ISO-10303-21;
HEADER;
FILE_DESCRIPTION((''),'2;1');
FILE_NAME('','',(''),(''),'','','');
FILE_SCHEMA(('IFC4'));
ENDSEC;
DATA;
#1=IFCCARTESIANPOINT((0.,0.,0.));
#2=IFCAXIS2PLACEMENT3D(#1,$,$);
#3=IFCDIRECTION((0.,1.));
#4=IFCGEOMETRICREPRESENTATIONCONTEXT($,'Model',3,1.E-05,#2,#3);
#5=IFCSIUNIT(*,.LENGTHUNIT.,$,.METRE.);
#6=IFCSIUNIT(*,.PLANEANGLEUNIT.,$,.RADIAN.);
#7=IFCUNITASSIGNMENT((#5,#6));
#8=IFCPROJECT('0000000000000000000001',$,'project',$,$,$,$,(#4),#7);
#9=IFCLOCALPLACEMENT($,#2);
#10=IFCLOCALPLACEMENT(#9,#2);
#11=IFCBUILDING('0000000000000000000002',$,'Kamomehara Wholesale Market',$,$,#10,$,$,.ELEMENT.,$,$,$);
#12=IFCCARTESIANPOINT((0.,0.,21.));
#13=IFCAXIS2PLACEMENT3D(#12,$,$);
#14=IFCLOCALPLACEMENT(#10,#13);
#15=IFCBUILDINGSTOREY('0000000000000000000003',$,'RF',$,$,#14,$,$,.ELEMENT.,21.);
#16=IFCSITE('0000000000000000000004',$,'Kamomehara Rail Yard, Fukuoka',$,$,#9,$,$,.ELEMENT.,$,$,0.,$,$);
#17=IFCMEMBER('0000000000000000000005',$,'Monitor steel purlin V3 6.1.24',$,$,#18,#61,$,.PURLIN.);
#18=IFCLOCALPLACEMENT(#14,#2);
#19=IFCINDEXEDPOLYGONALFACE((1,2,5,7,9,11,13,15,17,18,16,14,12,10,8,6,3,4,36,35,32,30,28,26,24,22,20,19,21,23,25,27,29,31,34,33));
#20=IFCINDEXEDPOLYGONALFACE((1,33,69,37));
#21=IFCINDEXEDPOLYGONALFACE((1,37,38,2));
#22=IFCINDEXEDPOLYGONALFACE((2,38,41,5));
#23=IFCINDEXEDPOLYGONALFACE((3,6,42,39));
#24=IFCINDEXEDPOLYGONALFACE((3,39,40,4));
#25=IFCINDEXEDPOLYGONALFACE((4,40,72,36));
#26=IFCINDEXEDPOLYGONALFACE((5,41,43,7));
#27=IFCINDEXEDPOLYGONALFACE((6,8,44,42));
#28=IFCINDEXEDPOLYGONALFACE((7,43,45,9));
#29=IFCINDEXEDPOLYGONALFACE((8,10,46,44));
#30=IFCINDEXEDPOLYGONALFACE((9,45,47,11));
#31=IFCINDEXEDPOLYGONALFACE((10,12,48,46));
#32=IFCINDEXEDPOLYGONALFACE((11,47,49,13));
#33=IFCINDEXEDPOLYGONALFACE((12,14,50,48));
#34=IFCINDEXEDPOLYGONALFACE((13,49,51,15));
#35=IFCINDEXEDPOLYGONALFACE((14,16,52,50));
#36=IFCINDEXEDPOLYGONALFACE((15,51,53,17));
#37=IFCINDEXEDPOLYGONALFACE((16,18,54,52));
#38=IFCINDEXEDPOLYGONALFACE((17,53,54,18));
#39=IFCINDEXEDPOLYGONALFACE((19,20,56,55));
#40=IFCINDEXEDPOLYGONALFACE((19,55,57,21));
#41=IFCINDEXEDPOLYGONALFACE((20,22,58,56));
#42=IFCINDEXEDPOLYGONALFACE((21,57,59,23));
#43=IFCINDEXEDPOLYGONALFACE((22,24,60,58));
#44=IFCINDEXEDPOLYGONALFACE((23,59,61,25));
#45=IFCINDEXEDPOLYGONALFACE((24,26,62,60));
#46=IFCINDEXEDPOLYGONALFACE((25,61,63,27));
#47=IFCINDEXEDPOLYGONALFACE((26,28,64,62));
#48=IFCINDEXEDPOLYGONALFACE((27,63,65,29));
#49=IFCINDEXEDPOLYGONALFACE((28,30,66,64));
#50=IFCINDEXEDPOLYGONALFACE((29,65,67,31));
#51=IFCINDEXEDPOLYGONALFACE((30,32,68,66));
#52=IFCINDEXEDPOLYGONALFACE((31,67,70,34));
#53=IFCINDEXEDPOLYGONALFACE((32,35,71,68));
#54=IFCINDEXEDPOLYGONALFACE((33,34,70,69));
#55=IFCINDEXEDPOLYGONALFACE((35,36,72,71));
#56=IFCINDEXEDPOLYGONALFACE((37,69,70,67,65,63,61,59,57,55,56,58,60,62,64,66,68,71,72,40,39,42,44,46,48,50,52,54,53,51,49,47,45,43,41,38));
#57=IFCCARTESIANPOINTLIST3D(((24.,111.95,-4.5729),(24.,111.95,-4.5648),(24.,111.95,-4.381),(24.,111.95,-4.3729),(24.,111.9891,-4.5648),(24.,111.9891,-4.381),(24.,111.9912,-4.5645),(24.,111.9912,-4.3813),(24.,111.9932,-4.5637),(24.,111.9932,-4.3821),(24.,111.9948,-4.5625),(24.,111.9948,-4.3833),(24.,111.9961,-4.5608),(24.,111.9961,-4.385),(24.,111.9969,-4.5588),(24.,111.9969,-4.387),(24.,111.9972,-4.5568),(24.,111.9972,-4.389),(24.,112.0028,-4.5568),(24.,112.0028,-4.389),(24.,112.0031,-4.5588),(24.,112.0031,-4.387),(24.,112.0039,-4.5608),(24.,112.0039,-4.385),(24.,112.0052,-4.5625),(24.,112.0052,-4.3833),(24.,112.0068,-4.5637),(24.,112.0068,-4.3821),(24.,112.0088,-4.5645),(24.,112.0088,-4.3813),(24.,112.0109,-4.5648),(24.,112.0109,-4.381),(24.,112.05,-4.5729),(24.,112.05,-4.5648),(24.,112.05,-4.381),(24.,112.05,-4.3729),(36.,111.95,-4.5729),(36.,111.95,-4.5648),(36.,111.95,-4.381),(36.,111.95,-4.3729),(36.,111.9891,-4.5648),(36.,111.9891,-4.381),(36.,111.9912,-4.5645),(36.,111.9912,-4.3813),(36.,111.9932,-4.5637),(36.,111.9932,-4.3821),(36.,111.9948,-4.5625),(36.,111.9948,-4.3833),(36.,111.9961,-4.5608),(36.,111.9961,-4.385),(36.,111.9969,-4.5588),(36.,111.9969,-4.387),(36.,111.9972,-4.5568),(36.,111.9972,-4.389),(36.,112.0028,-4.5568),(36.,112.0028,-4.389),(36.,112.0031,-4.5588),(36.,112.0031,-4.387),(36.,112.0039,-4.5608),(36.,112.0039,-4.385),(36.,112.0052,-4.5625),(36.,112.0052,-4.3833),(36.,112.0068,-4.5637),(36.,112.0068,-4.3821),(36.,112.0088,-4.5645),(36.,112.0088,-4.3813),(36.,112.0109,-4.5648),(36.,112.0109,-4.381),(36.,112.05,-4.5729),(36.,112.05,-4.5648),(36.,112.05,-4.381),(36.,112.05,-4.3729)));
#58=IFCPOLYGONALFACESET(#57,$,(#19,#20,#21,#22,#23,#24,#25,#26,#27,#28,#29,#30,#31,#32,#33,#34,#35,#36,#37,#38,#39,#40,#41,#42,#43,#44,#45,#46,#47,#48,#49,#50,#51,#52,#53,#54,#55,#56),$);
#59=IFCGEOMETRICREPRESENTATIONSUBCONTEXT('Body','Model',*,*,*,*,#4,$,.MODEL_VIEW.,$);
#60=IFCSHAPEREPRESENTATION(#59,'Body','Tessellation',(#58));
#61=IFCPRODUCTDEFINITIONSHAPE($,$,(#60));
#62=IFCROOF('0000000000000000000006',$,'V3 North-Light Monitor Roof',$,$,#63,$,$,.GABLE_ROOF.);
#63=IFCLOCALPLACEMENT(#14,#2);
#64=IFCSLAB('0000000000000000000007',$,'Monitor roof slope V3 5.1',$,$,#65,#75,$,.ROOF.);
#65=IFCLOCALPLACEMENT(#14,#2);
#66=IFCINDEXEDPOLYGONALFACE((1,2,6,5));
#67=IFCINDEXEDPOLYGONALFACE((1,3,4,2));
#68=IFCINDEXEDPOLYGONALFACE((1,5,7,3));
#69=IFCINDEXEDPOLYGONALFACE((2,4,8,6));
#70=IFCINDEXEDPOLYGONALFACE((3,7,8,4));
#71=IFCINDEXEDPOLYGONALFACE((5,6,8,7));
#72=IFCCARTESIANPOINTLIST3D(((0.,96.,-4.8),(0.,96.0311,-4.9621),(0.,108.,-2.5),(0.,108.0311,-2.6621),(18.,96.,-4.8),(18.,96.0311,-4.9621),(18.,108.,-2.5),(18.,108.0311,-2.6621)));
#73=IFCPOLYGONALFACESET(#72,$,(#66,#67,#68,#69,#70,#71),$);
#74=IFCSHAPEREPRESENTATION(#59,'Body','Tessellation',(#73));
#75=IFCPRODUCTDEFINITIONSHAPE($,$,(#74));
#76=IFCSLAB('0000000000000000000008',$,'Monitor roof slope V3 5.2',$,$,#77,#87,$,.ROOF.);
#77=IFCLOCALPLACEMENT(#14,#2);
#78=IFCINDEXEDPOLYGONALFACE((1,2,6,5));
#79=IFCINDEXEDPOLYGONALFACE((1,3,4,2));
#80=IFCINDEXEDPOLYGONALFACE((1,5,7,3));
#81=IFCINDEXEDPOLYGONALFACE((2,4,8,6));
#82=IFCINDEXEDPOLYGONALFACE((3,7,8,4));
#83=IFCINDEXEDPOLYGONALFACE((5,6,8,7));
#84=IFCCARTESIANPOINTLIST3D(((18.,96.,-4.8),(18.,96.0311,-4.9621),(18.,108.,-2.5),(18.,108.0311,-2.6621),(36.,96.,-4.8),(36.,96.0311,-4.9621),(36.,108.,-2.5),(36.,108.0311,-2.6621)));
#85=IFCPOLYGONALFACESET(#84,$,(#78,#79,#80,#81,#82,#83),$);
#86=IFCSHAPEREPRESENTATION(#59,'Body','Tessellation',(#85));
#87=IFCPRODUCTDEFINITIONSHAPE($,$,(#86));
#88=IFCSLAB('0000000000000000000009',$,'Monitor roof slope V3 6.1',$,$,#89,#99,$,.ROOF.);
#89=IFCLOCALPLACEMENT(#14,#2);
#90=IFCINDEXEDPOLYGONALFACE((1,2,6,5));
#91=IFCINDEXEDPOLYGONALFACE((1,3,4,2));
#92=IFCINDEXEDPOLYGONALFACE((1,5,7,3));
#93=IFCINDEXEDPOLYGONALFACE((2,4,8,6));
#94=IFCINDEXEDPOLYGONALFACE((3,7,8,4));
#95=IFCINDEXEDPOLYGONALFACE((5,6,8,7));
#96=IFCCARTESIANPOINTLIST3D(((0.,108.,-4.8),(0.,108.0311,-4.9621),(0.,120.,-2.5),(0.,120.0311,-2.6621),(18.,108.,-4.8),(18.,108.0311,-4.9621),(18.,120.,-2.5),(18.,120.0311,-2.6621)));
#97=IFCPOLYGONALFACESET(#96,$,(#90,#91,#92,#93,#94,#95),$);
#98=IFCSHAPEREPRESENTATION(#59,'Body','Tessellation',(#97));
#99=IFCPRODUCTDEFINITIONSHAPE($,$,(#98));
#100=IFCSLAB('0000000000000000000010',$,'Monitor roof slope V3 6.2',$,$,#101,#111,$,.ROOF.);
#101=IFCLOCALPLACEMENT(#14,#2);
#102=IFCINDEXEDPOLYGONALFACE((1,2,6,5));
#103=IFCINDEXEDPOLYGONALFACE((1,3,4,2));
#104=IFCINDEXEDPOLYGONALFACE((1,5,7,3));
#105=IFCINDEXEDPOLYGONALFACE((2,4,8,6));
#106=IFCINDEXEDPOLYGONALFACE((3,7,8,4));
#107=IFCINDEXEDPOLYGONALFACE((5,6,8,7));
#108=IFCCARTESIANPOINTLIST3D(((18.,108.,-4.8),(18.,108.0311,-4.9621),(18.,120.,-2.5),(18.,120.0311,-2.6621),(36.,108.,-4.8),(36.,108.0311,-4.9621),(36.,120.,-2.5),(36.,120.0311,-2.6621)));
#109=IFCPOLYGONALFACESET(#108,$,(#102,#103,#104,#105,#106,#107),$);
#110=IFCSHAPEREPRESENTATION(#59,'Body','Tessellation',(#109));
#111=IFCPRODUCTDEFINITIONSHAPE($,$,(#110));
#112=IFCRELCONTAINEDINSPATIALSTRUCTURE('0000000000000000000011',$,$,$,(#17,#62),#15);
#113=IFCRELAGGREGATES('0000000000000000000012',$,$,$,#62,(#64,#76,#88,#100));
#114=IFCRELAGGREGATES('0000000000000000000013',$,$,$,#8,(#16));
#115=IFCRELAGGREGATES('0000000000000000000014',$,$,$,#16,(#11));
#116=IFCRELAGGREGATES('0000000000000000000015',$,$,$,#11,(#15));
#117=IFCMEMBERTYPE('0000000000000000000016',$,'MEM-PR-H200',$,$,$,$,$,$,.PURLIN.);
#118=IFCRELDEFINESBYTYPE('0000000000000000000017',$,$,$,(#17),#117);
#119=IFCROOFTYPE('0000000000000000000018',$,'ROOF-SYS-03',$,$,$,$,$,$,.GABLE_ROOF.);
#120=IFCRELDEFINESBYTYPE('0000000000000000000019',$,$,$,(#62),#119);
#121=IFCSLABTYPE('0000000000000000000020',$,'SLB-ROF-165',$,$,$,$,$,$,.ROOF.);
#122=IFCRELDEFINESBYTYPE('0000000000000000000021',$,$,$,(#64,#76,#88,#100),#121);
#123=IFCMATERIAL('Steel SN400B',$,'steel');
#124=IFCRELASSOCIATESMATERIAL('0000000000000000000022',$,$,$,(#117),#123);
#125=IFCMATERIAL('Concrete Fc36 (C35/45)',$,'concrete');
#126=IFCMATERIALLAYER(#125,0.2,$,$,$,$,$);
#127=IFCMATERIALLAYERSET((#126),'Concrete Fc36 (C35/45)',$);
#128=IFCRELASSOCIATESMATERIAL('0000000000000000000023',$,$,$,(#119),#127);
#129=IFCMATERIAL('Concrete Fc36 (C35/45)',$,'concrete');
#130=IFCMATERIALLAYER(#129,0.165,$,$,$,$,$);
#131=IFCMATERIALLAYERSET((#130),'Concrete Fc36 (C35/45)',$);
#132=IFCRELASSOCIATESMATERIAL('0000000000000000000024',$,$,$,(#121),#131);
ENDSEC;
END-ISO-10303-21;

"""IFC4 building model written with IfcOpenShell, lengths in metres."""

from ifc_helpers import new_model, si_unit, direction, frame, origin, origin_2d, place, context, subcontext, project, spatial, polyline, i_section, outline, extrude, material, layer, layer_set, material_profile, profile_set, type_object, element, aggregate, save


model = new_model("IFC4")

# Units and contexts
model_context = context("Model", 3, precision=1e-05, world=origin(), true_north=direction((0.0, 1.0)))
body_context = subcontext(model_context, "Body", "Model", "MODEL_VIEW")
ifc_project = project(units=[si_unit("LENGTHUNIT", "METRE"), si_unit("PLANEANGLEUNIT", "RADIAN")], contexts=[model_context])

# Site, building, storey
site_placement = place(None, origin())
site = spatial("IfcSite", under=ifc_project, at=site_placement, Name="Kamomehara Rail Yard, Fukuoka", CompositionType="ELEMENT", RefElevation=0.0)
building_placement = place(site_placement, origin())
building = spatial("IfcBuilding", under=site, at=building_placement, Name="Kamomehara Wholesale Market", CompositionType="ELEMENT")
storey_placement = place(building_placement, frame((0.0, 0.0, 21.0)))
storey = spatial("IfcBuildingStorey", under=building, at=storey_placement, Name="RF", CompositionType="ELEMENT", Elevation=21.0)

# Member
ifc_material_1 = material(Name="Steel SN400B", Category="steel")
ifc_material_profile_1 = material_profile(ifc_material_1, i_section(OverallWidth=0.1001, OverallDepth=0.2, WebThickness=0.0056, FlangeThickness=0.0081, FilletRadius=0.0081, at=origin_2d()), Name="H-200x100x5.5x8")
ifc_profile_set_1 = profile_set([ifc_material_profile_1], Name="Steel SN400B")
member_type = type_object("IfcMemberType", Name="MEM-PR-H200", PredefinedType="PURLIN", material=ifc_profile_set_1)
for number, where, z_axis, x_axis, name in (
    (1, (24.0, 112.0, -4.4729), (1.0, 0.0, 0.0), (0.0, 1.0, 0.0), "Monitor steel purlin V3 6.1.24"),
):
    element("IfcMember", number, at=place(storey_placement, frame(where, z_axis=z_axis, x_axis=x_axis)), inside=storey, type_object=member_type, Name=name, PredefinedType="PURLIN", context=body_context, shape_type="SweptSolid", body=[
        extrude(i_section(OverallWidth=0.1001, OverallDepth=0.2, WebThickness=0.0056, FlangeThickness=0.0081, FilletRadius=0.0081, at=origin_2d()), origin(), (0.0, 0.0, 1.0), 12.0),
    ])

# Roof, slabs
ifc_material_2 = material(Name="Concrete Fc36 (C35/45)", Category="concrete")
ifc_layer_1 = layer(ifc_material_2, 0.2)
ifc_layer_set_1 = layer_set([ifc_layer_1], Name="Concrete Fc36 (C35/45)")
roof_type = type_object("IfcRoofType", Name="ROOF-SYS-03", PredefinedType="GABLE_ROOF", material=ifc_layer_set_1)
roof_placement = place(storey_placement, origin())
roof = element("IfcRoof", 2, at=roof_placement, inside=storey, type_object=roof_type, Name="V3 North-Light Monitor Roof", PredefinedType="GABLE_ROOF")
ifc_material_3 = material(Name="Concrete Fc36 (C35/45)", Category="concrete")
ifc_layer_2 = layer(ifc_material_3, 0.165)
ifc_layer_set_2 = layer_set([ifc_layer_2], Name="Concrete Fc36 (C35/45)")
slab_type = type_object("IfcSlabType", Name="SLB-ROF-165", PredefinedType="ROOF", material=ifc_layer_set_2)
slab_1_placement = place(storey_placement, frame((0.0, 96.0, -4.8), z_axis=(0.0, -0.188244, 0.982122), x_axis=(1.0, 0.0, 0.0)))
slab_1 = element("IfcSlab", 3, at=slab_1_placement, type_object=slab_type, Name="Monitor roof slope V3 5.1", PredefinedType="ROOF", context=body_context, shape_type="SweptSolid", body=[
    extrude(outline(polyline([(0.0, 0.0), (18.0, 0.0), (18.0, 12.2184), (0.0, 12.2184), (0.0, 0.0)])), origin(), (0.0, 0.0, -1.0), 0.165),
])
slab_2_placement = place(storey_placement, frame((18.0, 96.0, -4.8), z_axis=(0.0, -0.188244, 0.982122), x_axis=(1.0, 0.0, 0.0)))
slab_2 = element("IfcSlab", 4, at=slab_2_placement, type_object=slab_type, Name="Monitor roof slope V3 5.2", PredefinedType="ROOF", context=body_context, shape_type="SweptSolid", body=[
    extrude(outline(polyline([(0.0, 0.0), (18.0, 0.0), (18.0, 12.2184), (0.0, 12.2184), (0.0, 0.0)])), origin(), (0.0, 0.0, -1.0), 0.165),
])
slab_3_placement = place(storey_placement, frame((0.0, 108.0, -4.8), z_axis=(0.0, -0.188244, 0.982122), x_axis=(1.0, 0.0, 0.0)))
slab_3 = element("IfcSlab", 5, at=slab_3_placement, type_object=slab_type, Name="Monitor roof slope V3 6.1", PredefinedType="ROOF", context=body_context, shape_type="SweptSolid", body=[
    extrude(outline(polyline([(0.0, 0.0), (18.0, 0.0), (18.0, 12.2184), (0.0, 12.2184), (0.0, 0.0)])), origin(), (0.0, 0.0, -1.0), 0.165),
])
slab_4_placement = place(storey_placement, frame((18.0, 108.0, -4.8), z_axis=(0.0, -0.188244, 0.982122), x_axis=(1.0, 0.0, 0.0)))
slab_4 = element("IfcSlab", 6, at=slab_4_placement, type_object=slab_type, Name="Monitor roof slope V3 6.2", PredefinedType="ROOF", context=body_context, shape_type="SweptSolid", body=[
    extrude(outline(polyline([(0.0, 0.0), (18.0, 0.0), (18.0, 12.2184), (0.0, 12.2184), (0.0, 0.0)])), origin(), (0.0, 0.0, -1.0), 0.165),
])
aggregate(roof, [slab_1, slab_2, slab_3, slab_4])

save(model, "model.ifc")
